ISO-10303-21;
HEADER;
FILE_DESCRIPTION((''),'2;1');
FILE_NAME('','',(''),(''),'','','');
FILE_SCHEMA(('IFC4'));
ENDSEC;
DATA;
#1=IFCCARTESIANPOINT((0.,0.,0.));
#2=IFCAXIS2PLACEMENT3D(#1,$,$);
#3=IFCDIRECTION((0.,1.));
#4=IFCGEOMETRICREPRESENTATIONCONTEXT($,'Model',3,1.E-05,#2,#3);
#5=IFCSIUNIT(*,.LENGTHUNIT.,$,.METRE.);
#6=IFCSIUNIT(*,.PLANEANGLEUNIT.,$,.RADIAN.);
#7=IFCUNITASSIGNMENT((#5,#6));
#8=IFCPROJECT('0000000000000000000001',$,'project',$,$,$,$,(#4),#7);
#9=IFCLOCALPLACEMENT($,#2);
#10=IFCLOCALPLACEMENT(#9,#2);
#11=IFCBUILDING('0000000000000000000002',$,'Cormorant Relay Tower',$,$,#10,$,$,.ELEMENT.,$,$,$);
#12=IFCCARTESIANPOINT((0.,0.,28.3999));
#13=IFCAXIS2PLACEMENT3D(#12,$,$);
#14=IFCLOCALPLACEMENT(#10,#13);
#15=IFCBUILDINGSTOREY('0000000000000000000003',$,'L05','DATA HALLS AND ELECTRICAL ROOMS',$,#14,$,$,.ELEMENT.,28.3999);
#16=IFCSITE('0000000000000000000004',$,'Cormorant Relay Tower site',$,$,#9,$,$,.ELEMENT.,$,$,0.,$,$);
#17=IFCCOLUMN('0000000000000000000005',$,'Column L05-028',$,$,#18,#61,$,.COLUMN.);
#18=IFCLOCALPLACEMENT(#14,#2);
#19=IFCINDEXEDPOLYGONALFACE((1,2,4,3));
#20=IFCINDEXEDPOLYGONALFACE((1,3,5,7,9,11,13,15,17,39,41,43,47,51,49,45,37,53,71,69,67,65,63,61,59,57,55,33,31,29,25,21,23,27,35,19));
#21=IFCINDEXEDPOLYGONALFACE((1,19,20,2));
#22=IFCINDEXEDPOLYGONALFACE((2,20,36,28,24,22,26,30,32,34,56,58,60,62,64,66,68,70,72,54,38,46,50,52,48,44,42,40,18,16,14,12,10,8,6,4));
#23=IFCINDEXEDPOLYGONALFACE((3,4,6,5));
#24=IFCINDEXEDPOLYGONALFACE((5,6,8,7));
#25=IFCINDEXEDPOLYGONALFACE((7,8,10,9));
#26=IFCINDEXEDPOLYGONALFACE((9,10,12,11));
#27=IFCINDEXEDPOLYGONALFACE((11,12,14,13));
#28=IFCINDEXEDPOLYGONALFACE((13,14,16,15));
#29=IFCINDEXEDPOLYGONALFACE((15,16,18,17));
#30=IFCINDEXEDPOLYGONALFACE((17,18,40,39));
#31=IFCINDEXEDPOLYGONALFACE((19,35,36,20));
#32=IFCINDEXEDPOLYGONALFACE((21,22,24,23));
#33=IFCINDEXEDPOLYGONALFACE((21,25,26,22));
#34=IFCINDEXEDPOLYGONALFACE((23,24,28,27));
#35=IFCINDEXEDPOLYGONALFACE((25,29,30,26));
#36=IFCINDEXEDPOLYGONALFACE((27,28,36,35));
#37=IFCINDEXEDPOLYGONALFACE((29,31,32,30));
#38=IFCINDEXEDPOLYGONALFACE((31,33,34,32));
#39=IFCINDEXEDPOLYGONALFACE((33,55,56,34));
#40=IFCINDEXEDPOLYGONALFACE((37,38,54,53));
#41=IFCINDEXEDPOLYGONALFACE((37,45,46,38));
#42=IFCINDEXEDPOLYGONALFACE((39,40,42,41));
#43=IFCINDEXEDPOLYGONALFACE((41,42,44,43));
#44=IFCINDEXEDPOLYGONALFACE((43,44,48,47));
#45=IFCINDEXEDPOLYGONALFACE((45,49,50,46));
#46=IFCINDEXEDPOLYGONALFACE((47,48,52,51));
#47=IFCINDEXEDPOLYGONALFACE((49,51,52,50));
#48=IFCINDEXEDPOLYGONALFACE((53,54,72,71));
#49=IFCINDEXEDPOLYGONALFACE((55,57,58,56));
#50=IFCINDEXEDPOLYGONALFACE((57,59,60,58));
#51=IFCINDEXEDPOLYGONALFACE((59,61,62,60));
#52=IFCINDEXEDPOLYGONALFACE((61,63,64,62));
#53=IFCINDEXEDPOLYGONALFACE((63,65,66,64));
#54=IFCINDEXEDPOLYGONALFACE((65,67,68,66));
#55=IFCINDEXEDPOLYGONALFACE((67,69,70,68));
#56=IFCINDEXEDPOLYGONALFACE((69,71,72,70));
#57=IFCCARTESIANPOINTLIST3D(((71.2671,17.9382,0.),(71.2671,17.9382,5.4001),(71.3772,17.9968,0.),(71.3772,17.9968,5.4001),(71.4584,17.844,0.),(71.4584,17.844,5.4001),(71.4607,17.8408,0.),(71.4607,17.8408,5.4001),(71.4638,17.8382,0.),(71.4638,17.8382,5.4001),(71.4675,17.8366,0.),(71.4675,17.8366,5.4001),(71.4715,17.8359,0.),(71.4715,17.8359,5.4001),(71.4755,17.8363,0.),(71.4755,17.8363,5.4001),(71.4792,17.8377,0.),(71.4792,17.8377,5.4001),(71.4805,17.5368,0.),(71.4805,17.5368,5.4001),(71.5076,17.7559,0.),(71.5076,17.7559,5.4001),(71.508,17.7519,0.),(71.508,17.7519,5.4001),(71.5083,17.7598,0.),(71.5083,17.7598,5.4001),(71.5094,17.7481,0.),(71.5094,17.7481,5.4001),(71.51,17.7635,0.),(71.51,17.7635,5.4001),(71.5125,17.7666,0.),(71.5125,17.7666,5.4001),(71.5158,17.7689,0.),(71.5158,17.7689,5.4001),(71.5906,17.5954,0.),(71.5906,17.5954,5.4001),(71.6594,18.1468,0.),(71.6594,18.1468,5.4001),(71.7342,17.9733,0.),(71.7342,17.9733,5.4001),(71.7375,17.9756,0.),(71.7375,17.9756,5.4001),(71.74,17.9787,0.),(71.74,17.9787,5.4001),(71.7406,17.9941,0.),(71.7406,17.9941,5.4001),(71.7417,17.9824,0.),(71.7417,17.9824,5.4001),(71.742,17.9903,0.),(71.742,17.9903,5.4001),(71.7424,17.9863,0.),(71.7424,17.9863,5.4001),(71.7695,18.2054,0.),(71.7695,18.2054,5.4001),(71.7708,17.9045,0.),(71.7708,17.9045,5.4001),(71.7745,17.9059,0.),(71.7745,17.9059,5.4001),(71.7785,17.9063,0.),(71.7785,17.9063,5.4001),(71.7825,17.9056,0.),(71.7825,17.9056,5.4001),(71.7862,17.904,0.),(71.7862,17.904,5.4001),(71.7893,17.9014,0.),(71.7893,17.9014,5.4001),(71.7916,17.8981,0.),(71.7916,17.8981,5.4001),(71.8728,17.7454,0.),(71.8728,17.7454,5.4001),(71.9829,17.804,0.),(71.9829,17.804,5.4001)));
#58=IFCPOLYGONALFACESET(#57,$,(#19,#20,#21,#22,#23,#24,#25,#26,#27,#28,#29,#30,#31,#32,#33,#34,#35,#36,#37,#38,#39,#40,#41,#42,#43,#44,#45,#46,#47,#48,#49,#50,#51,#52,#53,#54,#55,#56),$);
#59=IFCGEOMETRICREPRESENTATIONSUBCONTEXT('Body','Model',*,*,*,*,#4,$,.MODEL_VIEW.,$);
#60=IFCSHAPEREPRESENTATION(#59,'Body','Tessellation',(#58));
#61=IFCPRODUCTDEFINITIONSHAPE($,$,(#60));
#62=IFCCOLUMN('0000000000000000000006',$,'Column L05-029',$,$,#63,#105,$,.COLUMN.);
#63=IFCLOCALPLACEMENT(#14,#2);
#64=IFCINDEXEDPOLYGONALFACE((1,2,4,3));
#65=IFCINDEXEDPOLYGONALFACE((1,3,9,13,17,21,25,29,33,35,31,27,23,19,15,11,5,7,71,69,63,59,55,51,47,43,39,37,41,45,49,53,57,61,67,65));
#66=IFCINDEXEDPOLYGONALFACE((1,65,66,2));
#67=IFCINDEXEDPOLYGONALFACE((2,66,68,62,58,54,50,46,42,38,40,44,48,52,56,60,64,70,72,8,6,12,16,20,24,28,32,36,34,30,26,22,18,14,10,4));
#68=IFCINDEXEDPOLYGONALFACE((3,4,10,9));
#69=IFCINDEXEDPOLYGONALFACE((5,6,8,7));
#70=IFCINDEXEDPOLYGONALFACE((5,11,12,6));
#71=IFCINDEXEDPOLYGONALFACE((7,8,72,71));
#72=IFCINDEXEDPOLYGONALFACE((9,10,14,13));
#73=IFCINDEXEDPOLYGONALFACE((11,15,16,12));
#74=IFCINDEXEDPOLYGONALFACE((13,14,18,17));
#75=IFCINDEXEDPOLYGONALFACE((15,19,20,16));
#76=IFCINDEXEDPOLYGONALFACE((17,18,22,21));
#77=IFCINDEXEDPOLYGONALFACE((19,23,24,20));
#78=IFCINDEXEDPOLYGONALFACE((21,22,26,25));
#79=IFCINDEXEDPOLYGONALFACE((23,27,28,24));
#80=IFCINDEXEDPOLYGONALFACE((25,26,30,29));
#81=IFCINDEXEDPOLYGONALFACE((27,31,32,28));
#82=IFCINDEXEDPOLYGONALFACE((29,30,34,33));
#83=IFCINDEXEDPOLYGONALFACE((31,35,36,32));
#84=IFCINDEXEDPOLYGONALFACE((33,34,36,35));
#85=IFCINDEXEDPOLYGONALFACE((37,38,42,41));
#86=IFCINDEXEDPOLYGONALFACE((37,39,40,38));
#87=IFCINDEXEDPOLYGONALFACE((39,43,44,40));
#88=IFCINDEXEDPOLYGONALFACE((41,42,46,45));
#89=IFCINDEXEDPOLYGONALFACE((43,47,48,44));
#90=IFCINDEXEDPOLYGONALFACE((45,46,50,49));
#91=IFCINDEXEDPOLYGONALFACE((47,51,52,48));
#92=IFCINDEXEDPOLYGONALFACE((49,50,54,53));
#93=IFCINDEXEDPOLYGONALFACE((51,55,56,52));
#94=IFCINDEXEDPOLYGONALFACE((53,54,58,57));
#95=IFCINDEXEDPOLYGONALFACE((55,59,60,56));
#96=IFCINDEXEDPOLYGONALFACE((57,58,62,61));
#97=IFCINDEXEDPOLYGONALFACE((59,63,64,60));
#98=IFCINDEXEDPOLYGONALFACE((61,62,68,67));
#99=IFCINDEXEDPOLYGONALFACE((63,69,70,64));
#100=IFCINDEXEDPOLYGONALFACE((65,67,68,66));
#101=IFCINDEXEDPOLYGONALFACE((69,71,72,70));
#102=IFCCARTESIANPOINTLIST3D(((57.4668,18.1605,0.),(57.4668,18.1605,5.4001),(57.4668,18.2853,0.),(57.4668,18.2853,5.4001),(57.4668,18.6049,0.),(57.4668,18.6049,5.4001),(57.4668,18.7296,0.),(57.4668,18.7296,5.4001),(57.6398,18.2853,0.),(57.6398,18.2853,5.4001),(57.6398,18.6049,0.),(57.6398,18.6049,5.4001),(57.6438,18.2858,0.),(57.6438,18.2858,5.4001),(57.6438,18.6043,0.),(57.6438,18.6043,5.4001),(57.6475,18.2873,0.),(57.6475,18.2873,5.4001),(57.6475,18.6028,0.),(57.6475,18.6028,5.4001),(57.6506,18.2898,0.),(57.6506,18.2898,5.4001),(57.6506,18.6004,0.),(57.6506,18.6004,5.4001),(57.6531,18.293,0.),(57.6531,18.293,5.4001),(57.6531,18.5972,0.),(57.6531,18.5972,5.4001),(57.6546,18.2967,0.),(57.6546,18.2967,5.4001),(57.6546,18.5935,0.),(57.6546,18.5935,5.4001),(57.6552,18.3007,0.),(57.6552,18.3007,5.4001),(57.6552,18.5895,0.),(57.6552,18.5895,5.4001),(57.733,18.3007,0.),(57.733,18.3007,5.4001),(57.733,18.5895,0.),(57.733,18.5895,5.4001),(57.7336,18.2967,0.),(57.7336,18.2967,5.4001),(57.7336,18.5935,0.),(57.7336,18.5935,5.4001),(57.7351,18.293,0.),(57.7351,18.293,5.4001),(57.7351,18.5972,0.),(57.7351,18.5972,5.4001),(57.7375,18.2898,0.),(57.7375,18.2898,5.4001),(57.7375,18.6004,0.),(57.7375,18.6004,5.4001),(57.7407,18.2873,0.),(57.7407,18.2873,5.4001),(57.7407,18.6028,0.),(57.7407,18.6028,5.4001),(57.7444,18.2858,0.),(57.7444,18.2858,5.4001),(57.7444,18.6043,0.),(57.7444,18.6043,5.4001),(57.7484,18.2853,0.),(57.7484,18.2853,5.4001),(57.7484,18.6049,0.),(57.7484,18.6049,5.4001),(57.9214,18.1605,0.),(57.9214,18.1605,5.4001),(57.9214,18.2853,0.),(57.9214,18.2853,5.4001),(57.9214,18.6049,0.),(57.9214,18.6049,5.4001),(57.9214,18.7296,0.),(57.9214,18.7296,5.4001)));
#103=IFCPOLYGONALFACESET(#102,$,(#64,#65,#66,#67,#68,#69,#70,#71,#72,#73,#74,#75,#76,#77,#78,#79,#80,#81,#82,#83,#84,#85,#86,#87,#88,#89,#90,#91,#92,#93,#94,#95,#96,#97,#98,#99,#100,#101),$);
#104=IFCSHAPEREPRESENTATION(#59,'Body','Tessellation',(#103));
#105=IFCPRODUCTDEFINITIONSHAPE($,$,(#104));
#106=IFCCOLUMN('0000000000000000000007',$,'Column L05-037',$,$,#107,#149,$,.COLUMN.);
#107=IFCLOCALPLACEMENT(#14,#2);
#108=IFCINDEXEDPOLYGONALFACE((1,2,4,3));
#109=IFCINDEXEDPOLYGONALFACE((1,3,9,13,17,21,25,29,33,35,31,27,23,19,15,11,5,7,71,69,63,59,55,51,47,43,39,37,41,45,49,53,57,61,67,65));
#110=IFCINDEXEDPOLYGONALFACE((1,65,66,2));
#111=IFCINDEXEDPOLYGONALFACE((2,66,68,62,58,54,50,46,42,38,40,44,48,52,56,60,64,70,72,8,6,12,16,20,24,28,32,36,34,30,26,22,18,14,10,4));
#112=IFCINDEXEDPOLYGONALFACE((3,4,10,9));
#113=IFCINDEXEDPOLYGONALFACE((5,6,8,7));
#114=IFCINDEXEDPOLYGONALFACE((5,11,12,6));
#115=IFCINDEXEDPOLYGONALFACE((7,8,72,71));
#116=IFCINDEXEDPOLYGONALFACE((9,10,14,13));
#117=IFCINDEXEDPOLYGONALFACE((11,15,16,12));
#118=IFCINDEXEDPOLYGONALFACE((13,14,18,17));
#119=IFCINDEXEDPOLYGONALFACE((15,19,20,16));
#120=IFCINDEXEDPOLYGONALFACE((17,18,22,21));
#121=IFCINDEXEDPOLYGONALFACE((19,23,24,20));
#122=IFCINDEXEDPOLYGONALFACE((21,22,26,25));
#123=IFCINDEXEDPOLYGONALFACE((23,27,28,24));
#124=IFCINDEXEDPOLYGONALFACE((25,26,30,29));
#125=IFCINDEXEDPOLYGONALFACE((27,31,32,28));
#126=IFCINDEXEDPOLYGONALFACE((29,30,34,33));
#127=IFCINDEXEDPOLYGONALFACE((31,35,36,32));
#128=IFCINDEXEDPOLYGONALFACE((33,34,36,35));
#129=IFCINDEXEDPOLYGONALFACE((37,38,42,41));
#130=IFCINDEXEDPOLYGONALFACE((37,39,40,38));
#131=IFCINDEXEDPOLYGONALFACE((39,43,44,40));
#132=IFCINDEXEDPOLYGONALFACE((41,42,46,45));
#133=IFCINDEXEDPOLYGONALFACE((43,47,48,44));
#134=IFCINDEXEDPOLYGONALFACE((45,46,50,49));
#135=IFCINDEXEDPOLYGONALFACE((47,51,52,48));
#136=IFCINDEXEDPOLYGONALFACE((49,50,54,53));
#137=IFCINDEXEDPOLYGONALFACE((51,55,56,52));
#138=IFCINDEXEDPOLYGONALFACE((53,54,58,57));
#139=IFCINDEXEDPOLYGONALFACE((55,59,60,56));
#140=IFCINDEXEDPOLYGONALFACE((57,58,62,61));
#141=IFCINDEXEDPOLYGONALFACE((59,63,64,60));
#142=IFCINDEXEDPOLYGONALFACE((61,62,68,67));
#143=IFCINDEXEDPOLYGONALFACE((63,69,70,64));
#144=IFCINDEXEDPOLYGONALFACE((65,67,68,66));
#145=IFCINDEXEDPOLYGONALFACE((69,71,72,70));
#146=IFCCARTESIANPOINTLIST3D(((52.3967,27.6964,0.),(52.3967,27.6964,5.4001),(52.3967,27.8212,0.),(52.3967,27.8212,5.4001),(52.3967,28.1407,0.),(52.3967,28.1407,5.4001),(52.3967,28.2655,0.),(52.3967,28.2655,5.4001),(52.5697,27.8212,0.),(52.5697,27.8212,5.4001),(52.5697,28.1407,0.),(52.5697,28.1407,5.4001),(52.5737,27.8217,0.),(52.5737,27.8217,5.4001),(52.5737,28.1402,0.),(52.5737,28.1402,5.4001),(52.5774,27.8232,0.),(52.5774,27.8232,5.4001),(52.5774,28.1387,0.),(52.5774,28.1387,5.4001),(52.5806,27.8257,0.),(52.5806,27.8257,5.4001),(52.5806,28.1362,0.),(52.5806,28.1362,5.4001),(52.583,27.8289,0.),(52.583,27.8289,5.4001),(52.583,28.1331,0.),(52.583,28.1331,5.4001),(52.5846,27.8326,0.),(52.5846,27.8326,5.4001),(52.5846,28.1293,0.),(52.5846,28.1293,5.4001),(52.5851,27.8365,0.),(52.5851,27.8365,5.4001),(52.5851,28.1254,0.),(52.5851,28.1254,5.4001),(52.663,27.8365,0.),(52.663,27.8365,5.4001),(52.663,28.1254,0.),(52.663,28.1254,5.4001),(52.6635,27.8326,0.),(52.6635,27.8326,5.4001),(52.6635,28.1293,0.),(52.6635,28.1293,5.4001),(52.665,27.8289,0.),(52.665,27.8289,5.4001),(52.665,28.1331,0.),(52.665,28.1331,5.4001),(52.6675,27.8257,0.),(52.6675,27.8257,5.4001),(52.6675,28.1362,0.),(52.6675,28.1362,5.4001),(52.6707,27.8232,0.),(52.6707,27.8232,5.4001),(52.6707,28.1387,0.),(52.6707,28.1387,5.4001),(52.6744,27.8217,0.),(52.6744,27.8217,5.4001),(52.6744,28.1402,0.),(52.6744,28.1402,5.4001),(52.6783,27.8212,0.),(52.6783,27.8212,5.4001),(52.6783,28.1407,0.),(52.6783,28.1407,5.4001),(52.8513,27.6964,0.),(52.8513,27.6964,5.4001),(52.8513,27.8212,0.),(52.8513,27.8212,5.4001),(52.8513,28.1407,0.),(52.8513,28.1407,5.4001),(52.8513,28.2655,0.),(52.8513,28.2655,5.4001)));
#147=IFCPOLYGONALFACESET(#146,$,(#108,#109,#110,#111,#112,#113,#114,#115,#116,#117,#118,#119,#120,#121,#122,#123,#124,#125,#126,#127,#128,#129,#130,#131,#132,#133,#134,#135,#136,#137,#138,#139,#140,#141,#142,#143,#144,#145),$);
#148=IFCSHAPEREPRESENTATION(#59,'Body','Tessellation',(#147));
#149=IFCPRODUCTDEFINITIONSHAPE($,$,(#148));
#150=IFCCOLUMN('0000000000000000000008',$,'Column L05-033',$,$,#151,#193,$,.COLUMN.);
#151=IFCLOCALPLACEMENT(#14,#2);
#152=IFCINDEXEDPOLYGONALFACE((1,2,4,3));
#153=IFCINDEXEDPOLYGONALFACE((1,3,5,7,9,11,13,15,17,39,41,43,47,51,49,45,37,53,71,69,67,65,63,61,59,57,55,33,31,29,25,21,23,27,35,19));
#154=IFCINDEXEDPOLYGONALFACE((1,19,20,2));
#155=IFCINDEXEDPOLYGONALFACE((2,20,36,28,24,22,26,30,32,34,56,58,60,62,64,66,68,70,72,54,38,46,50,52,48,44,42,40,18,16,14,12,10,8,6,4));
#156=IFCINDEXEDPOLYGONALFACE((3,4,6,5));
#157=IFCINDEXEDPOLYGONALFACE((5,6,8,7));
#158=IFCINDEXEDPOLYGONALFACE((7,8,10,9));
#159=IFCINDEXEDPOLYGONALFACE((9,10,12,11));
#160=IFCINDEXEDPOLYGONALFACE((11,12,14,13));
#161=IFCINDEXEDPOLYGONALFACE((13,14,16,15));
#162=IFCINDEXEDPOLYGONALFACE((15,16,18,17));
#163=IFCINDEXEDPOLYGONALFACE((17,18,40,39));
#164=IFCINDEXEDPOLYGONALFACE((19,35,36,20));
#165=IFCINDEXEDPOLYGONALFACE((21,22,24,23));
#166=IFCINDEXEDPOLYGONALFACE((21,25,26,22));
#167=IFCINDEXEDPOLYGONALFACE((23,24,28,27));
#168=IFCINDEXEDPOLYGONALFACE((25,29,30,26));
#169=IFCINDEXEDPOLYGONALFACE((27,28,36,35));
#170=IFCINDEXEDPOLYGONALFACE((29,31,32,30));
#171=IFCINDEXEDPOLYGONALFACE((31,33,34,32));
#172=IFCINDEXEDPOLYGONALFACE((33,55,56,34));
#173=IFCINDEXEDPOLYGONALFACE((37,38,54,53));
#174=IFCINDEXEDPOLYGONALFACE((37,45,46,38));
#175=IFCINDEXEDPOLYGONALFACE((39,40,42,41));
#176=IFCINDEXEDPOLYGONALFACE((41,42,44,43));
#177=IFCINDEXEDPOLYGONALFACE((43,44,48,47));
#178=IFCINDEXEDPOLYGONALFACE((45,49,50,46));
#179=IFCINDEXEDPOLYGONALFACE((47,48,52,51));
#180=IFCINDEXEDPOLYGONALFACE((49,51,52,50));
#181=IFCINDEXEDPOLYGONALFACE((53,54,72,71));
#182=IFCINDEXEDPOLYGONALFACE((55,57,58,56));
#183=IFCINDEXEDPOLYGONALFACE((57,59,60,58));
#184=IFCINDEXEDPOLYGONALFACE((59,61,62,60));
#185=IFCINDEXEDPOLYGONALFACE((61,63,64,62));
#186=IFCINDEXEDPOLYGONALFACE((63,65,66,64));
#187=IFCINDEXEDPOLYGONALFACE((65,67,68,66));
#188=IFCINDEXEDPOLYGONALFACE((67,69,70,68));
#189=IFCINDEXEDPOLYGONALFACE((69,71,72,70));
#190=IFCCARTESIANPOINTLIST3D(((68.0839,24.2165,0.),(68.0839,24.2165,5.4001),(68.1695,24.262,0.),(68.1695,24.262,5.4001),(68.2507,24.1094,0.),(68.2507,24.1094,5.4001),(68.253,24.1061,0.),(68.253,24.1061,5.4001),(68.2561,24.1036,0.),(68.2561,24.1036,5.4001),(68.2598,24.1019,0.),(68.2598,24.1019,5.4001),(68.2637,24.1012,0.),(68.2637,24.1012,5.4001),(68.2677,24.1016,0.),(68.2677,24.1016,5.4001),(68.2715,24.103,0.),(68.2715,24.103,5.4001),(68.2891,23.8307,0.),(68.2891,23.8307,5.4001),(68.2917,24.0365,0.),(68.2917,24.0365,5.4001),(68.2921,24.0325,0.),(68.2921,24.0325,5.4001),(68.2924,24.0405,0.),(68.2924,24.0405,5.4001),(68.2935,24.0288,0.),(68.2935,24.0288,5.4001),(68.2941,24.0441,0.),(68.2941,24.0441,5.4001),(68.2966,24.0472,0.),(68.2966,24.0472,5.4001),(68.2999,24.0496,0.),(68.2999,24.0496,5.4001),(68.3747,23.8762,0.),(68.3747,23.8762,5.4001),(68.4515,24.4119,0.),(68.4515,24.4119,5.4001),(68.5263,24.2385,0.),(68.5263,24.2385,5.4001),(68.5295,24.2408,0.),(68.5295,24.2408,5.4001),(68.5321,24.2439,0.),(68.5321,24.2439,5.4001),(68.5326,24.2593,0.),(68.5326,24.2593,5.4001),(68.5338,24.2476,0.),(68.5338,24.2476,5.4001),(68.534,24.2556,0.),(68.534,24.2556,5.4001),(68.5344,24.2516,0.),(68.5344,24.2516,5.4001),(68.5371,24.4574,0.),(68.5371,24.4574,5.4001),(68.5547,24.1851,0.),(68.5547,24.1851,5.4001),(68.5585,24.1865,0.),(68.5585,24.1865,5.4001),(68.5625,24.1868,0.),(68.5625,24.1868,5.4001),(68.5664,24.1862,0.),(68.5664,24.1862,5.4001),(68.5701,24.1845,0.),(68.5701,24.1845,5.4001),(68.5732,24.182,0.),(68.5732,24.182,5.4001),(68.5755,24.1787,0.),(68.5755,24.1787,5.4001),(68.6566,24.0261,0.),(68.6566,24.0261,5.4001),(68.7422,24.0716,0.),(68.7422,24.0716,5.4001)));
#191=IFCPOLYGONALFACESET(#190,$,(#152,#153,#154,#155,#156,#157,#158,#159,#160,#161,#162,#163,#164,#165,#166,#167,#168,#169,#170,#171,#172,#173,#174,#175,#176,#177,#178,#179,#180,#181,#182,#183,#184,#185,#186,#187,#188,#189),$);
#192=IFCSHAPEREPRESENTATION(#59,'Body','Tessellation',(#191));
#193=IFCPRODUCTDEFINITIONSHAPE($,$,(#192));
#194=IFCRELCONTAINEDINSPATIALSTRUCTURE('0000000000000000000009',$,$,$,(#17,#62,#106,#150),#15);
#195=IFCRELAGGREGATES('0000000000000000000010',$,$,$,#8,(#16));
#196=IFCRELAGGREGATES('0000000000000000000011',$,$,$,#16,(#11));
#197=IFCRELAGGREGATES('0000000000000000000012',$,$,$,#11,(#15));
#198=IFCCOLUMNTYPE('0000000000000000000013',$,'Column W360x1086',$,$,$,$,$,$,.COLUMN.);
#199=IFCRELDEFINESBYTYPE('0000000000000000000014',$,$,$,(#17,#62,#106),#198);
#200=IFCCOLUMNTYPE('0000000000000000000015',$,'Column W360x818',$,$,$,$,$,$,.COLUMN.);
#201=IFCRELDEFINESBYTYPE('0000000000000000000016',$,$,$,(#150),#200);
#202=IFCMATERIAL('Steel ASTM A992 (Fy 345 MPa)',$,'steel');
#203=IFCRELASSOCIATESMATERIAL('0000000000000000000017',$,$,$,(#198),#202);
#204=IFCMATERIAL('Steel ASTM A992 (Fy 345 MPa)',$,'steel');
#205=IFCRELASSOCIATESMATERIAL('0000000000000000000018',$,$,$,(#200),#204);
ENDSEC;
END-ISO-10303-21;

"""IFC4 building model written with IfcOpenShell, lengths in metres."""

from ifc_helpers import new_model, si_unit, direction, frame, origin, origin_2d, place, context, subcontext, project, spatial, i_section, extrude, material, material_profile, profile_set, type_object, element, save


model = new_model("IFC4")

# Units and contexts
model_context = context("Model", 3, precision=1e-05, world=origin(), true_north=direction((0.0, 1.0)))
body_context = subcontext(model_context, "Body", "Model", "MODEL_VIEW")
ifc_project = project(units=[si_unit("LENGTHUNIT", "METRE"), si_unit("PLANEANGLEUNIT", "RADIAN")], contexts=[model_context])

# Site, building, storey
site_placement = place(None, origin())
site = spatial("IfcSite", under=ifc_project, at=site_placement, Name="Cormorant Relay Tower site", CompositionType="ELEMENT", RefElevation=0.0)
building_placement = place(site_placement, origin())
building = spatial("IfcBuilding", under=site, at=building_placement, Name="Cormorant Relay Tower", CompositionType="ELEMENT")
storey_placement = place(building_placement, frame((0.0, 0.0, 28.3999)))
storey = spatial("IfcBuildingStorey", under=building, at=storey_placement, Name="L05", Description="DATA HALLS AND ELECTRICAL ROOMS", CompositionType="ELEMENT", Elevation=28.3999)

# Columns
ifc_material_1 = material(Name="Steel ASTM A992 (Fy 345 MPa)", Category="steel")
ifc_material_profile_1 = material_profile(ifc_material_1, i_section(OverallWidth=0.4546, OverallDepth=0.5691, WebThickness=0.0779, FlangeThickness=0.1248, FilletRadius=0.0154, at=origin_2d()), Name="W360x1086")
ifc_profile_set_1 = profile_set([ifc_material_profile_1], Name="Steel ASTM A992 (Fy 345 MPa)")
column_type_1 = type_object("IfcColumnType", Name="Column W360x1086", PredefinedType="COLUMN", material=ifc_profile_set_1)
for number, where, z_axis, x_axis, name in (
    (1, (71.625, 17.8711, 0.0), (0.0, 0.0, 1.0), (-0.469472, 0.882948, 0.0), "Column L05-028"),
    (2, (57.6941, 18.4451, 0.0), (0.0, 0.0, 1.0), (1.0, 0.0, 0.0), "Column L05-029"),
    (3, (52.624, 27.981, 0.0), (0.0, 0.0, 1.0), (1.0, 0.0, 0.0), "Column L05-037"),
):
    element("IfcColumn", number, at=place(storey_placement, frame(where, z_axis=z_axis, x_axis=x_axis)), inside=storey, type_object=column_type_1, Name=name, PredefinedType="COLUMN", context=body_context, shape_type="SweptSolid", body=[
        extrude(i_section(OverallWidth=0.4546, OverallDepth=0.5691, WebThickness=0.0779, FlangeThickness=0.1248, FilletRadius=0.0154, at=origin_2d()), origin(), (0.0, 0.0, 1.0), 5.4001),
    ])
ifc_material_2 = material(Name="Steel ASTM A992 (Fy 345 MPa)", Category="steel")
ifc_material_profile_2 = material_profile(ifc_material_2, i_section(OverallWidth=0.437, OverallDepth=0.5132, WebThickness=0.0605, FlangeThickness=0.0969, FilletRadius=0.0154, at=origin_2d()), Name="W360x818")
ifc_profile_set_2 = profile_set([ifc_material_profile_2], Name="Steel ASTM A992 (Fy 345 MPa)")
column_type_2 = type_object("IfcColumnType", Name="Column W360x818", PredefinedType="COLUMN", material=ifc_profile_set_2)
for number, where, z_axis, x_axis, name in (
    (4, (68.4131, 24.144, 0.0), (0.0, 0.0, 1.0), (-0.469472, 0.882948, 0.0), "Column L05-033"),
):
    element("IfcColumn", number, at=place(storey_placement, frame(where, z_axis=z_axis, x_axis=x_axis)), inside=storey, type_object=column_type_2, Name=name, PredefinedType="COLUMN", context=body_context, shape_type="SweptSolid", body=[
        extrude(i_section(OverallWidth=0.437, OverallDepth=0.5132, WebThickness=0.0605, FlangeThickness=0.0969, FilletRadius=0.0154, at=origin_2d()), origin(), (0.0, 0.0, 1.0), 5.4001),
    ])

save(model, "model.ifc")
